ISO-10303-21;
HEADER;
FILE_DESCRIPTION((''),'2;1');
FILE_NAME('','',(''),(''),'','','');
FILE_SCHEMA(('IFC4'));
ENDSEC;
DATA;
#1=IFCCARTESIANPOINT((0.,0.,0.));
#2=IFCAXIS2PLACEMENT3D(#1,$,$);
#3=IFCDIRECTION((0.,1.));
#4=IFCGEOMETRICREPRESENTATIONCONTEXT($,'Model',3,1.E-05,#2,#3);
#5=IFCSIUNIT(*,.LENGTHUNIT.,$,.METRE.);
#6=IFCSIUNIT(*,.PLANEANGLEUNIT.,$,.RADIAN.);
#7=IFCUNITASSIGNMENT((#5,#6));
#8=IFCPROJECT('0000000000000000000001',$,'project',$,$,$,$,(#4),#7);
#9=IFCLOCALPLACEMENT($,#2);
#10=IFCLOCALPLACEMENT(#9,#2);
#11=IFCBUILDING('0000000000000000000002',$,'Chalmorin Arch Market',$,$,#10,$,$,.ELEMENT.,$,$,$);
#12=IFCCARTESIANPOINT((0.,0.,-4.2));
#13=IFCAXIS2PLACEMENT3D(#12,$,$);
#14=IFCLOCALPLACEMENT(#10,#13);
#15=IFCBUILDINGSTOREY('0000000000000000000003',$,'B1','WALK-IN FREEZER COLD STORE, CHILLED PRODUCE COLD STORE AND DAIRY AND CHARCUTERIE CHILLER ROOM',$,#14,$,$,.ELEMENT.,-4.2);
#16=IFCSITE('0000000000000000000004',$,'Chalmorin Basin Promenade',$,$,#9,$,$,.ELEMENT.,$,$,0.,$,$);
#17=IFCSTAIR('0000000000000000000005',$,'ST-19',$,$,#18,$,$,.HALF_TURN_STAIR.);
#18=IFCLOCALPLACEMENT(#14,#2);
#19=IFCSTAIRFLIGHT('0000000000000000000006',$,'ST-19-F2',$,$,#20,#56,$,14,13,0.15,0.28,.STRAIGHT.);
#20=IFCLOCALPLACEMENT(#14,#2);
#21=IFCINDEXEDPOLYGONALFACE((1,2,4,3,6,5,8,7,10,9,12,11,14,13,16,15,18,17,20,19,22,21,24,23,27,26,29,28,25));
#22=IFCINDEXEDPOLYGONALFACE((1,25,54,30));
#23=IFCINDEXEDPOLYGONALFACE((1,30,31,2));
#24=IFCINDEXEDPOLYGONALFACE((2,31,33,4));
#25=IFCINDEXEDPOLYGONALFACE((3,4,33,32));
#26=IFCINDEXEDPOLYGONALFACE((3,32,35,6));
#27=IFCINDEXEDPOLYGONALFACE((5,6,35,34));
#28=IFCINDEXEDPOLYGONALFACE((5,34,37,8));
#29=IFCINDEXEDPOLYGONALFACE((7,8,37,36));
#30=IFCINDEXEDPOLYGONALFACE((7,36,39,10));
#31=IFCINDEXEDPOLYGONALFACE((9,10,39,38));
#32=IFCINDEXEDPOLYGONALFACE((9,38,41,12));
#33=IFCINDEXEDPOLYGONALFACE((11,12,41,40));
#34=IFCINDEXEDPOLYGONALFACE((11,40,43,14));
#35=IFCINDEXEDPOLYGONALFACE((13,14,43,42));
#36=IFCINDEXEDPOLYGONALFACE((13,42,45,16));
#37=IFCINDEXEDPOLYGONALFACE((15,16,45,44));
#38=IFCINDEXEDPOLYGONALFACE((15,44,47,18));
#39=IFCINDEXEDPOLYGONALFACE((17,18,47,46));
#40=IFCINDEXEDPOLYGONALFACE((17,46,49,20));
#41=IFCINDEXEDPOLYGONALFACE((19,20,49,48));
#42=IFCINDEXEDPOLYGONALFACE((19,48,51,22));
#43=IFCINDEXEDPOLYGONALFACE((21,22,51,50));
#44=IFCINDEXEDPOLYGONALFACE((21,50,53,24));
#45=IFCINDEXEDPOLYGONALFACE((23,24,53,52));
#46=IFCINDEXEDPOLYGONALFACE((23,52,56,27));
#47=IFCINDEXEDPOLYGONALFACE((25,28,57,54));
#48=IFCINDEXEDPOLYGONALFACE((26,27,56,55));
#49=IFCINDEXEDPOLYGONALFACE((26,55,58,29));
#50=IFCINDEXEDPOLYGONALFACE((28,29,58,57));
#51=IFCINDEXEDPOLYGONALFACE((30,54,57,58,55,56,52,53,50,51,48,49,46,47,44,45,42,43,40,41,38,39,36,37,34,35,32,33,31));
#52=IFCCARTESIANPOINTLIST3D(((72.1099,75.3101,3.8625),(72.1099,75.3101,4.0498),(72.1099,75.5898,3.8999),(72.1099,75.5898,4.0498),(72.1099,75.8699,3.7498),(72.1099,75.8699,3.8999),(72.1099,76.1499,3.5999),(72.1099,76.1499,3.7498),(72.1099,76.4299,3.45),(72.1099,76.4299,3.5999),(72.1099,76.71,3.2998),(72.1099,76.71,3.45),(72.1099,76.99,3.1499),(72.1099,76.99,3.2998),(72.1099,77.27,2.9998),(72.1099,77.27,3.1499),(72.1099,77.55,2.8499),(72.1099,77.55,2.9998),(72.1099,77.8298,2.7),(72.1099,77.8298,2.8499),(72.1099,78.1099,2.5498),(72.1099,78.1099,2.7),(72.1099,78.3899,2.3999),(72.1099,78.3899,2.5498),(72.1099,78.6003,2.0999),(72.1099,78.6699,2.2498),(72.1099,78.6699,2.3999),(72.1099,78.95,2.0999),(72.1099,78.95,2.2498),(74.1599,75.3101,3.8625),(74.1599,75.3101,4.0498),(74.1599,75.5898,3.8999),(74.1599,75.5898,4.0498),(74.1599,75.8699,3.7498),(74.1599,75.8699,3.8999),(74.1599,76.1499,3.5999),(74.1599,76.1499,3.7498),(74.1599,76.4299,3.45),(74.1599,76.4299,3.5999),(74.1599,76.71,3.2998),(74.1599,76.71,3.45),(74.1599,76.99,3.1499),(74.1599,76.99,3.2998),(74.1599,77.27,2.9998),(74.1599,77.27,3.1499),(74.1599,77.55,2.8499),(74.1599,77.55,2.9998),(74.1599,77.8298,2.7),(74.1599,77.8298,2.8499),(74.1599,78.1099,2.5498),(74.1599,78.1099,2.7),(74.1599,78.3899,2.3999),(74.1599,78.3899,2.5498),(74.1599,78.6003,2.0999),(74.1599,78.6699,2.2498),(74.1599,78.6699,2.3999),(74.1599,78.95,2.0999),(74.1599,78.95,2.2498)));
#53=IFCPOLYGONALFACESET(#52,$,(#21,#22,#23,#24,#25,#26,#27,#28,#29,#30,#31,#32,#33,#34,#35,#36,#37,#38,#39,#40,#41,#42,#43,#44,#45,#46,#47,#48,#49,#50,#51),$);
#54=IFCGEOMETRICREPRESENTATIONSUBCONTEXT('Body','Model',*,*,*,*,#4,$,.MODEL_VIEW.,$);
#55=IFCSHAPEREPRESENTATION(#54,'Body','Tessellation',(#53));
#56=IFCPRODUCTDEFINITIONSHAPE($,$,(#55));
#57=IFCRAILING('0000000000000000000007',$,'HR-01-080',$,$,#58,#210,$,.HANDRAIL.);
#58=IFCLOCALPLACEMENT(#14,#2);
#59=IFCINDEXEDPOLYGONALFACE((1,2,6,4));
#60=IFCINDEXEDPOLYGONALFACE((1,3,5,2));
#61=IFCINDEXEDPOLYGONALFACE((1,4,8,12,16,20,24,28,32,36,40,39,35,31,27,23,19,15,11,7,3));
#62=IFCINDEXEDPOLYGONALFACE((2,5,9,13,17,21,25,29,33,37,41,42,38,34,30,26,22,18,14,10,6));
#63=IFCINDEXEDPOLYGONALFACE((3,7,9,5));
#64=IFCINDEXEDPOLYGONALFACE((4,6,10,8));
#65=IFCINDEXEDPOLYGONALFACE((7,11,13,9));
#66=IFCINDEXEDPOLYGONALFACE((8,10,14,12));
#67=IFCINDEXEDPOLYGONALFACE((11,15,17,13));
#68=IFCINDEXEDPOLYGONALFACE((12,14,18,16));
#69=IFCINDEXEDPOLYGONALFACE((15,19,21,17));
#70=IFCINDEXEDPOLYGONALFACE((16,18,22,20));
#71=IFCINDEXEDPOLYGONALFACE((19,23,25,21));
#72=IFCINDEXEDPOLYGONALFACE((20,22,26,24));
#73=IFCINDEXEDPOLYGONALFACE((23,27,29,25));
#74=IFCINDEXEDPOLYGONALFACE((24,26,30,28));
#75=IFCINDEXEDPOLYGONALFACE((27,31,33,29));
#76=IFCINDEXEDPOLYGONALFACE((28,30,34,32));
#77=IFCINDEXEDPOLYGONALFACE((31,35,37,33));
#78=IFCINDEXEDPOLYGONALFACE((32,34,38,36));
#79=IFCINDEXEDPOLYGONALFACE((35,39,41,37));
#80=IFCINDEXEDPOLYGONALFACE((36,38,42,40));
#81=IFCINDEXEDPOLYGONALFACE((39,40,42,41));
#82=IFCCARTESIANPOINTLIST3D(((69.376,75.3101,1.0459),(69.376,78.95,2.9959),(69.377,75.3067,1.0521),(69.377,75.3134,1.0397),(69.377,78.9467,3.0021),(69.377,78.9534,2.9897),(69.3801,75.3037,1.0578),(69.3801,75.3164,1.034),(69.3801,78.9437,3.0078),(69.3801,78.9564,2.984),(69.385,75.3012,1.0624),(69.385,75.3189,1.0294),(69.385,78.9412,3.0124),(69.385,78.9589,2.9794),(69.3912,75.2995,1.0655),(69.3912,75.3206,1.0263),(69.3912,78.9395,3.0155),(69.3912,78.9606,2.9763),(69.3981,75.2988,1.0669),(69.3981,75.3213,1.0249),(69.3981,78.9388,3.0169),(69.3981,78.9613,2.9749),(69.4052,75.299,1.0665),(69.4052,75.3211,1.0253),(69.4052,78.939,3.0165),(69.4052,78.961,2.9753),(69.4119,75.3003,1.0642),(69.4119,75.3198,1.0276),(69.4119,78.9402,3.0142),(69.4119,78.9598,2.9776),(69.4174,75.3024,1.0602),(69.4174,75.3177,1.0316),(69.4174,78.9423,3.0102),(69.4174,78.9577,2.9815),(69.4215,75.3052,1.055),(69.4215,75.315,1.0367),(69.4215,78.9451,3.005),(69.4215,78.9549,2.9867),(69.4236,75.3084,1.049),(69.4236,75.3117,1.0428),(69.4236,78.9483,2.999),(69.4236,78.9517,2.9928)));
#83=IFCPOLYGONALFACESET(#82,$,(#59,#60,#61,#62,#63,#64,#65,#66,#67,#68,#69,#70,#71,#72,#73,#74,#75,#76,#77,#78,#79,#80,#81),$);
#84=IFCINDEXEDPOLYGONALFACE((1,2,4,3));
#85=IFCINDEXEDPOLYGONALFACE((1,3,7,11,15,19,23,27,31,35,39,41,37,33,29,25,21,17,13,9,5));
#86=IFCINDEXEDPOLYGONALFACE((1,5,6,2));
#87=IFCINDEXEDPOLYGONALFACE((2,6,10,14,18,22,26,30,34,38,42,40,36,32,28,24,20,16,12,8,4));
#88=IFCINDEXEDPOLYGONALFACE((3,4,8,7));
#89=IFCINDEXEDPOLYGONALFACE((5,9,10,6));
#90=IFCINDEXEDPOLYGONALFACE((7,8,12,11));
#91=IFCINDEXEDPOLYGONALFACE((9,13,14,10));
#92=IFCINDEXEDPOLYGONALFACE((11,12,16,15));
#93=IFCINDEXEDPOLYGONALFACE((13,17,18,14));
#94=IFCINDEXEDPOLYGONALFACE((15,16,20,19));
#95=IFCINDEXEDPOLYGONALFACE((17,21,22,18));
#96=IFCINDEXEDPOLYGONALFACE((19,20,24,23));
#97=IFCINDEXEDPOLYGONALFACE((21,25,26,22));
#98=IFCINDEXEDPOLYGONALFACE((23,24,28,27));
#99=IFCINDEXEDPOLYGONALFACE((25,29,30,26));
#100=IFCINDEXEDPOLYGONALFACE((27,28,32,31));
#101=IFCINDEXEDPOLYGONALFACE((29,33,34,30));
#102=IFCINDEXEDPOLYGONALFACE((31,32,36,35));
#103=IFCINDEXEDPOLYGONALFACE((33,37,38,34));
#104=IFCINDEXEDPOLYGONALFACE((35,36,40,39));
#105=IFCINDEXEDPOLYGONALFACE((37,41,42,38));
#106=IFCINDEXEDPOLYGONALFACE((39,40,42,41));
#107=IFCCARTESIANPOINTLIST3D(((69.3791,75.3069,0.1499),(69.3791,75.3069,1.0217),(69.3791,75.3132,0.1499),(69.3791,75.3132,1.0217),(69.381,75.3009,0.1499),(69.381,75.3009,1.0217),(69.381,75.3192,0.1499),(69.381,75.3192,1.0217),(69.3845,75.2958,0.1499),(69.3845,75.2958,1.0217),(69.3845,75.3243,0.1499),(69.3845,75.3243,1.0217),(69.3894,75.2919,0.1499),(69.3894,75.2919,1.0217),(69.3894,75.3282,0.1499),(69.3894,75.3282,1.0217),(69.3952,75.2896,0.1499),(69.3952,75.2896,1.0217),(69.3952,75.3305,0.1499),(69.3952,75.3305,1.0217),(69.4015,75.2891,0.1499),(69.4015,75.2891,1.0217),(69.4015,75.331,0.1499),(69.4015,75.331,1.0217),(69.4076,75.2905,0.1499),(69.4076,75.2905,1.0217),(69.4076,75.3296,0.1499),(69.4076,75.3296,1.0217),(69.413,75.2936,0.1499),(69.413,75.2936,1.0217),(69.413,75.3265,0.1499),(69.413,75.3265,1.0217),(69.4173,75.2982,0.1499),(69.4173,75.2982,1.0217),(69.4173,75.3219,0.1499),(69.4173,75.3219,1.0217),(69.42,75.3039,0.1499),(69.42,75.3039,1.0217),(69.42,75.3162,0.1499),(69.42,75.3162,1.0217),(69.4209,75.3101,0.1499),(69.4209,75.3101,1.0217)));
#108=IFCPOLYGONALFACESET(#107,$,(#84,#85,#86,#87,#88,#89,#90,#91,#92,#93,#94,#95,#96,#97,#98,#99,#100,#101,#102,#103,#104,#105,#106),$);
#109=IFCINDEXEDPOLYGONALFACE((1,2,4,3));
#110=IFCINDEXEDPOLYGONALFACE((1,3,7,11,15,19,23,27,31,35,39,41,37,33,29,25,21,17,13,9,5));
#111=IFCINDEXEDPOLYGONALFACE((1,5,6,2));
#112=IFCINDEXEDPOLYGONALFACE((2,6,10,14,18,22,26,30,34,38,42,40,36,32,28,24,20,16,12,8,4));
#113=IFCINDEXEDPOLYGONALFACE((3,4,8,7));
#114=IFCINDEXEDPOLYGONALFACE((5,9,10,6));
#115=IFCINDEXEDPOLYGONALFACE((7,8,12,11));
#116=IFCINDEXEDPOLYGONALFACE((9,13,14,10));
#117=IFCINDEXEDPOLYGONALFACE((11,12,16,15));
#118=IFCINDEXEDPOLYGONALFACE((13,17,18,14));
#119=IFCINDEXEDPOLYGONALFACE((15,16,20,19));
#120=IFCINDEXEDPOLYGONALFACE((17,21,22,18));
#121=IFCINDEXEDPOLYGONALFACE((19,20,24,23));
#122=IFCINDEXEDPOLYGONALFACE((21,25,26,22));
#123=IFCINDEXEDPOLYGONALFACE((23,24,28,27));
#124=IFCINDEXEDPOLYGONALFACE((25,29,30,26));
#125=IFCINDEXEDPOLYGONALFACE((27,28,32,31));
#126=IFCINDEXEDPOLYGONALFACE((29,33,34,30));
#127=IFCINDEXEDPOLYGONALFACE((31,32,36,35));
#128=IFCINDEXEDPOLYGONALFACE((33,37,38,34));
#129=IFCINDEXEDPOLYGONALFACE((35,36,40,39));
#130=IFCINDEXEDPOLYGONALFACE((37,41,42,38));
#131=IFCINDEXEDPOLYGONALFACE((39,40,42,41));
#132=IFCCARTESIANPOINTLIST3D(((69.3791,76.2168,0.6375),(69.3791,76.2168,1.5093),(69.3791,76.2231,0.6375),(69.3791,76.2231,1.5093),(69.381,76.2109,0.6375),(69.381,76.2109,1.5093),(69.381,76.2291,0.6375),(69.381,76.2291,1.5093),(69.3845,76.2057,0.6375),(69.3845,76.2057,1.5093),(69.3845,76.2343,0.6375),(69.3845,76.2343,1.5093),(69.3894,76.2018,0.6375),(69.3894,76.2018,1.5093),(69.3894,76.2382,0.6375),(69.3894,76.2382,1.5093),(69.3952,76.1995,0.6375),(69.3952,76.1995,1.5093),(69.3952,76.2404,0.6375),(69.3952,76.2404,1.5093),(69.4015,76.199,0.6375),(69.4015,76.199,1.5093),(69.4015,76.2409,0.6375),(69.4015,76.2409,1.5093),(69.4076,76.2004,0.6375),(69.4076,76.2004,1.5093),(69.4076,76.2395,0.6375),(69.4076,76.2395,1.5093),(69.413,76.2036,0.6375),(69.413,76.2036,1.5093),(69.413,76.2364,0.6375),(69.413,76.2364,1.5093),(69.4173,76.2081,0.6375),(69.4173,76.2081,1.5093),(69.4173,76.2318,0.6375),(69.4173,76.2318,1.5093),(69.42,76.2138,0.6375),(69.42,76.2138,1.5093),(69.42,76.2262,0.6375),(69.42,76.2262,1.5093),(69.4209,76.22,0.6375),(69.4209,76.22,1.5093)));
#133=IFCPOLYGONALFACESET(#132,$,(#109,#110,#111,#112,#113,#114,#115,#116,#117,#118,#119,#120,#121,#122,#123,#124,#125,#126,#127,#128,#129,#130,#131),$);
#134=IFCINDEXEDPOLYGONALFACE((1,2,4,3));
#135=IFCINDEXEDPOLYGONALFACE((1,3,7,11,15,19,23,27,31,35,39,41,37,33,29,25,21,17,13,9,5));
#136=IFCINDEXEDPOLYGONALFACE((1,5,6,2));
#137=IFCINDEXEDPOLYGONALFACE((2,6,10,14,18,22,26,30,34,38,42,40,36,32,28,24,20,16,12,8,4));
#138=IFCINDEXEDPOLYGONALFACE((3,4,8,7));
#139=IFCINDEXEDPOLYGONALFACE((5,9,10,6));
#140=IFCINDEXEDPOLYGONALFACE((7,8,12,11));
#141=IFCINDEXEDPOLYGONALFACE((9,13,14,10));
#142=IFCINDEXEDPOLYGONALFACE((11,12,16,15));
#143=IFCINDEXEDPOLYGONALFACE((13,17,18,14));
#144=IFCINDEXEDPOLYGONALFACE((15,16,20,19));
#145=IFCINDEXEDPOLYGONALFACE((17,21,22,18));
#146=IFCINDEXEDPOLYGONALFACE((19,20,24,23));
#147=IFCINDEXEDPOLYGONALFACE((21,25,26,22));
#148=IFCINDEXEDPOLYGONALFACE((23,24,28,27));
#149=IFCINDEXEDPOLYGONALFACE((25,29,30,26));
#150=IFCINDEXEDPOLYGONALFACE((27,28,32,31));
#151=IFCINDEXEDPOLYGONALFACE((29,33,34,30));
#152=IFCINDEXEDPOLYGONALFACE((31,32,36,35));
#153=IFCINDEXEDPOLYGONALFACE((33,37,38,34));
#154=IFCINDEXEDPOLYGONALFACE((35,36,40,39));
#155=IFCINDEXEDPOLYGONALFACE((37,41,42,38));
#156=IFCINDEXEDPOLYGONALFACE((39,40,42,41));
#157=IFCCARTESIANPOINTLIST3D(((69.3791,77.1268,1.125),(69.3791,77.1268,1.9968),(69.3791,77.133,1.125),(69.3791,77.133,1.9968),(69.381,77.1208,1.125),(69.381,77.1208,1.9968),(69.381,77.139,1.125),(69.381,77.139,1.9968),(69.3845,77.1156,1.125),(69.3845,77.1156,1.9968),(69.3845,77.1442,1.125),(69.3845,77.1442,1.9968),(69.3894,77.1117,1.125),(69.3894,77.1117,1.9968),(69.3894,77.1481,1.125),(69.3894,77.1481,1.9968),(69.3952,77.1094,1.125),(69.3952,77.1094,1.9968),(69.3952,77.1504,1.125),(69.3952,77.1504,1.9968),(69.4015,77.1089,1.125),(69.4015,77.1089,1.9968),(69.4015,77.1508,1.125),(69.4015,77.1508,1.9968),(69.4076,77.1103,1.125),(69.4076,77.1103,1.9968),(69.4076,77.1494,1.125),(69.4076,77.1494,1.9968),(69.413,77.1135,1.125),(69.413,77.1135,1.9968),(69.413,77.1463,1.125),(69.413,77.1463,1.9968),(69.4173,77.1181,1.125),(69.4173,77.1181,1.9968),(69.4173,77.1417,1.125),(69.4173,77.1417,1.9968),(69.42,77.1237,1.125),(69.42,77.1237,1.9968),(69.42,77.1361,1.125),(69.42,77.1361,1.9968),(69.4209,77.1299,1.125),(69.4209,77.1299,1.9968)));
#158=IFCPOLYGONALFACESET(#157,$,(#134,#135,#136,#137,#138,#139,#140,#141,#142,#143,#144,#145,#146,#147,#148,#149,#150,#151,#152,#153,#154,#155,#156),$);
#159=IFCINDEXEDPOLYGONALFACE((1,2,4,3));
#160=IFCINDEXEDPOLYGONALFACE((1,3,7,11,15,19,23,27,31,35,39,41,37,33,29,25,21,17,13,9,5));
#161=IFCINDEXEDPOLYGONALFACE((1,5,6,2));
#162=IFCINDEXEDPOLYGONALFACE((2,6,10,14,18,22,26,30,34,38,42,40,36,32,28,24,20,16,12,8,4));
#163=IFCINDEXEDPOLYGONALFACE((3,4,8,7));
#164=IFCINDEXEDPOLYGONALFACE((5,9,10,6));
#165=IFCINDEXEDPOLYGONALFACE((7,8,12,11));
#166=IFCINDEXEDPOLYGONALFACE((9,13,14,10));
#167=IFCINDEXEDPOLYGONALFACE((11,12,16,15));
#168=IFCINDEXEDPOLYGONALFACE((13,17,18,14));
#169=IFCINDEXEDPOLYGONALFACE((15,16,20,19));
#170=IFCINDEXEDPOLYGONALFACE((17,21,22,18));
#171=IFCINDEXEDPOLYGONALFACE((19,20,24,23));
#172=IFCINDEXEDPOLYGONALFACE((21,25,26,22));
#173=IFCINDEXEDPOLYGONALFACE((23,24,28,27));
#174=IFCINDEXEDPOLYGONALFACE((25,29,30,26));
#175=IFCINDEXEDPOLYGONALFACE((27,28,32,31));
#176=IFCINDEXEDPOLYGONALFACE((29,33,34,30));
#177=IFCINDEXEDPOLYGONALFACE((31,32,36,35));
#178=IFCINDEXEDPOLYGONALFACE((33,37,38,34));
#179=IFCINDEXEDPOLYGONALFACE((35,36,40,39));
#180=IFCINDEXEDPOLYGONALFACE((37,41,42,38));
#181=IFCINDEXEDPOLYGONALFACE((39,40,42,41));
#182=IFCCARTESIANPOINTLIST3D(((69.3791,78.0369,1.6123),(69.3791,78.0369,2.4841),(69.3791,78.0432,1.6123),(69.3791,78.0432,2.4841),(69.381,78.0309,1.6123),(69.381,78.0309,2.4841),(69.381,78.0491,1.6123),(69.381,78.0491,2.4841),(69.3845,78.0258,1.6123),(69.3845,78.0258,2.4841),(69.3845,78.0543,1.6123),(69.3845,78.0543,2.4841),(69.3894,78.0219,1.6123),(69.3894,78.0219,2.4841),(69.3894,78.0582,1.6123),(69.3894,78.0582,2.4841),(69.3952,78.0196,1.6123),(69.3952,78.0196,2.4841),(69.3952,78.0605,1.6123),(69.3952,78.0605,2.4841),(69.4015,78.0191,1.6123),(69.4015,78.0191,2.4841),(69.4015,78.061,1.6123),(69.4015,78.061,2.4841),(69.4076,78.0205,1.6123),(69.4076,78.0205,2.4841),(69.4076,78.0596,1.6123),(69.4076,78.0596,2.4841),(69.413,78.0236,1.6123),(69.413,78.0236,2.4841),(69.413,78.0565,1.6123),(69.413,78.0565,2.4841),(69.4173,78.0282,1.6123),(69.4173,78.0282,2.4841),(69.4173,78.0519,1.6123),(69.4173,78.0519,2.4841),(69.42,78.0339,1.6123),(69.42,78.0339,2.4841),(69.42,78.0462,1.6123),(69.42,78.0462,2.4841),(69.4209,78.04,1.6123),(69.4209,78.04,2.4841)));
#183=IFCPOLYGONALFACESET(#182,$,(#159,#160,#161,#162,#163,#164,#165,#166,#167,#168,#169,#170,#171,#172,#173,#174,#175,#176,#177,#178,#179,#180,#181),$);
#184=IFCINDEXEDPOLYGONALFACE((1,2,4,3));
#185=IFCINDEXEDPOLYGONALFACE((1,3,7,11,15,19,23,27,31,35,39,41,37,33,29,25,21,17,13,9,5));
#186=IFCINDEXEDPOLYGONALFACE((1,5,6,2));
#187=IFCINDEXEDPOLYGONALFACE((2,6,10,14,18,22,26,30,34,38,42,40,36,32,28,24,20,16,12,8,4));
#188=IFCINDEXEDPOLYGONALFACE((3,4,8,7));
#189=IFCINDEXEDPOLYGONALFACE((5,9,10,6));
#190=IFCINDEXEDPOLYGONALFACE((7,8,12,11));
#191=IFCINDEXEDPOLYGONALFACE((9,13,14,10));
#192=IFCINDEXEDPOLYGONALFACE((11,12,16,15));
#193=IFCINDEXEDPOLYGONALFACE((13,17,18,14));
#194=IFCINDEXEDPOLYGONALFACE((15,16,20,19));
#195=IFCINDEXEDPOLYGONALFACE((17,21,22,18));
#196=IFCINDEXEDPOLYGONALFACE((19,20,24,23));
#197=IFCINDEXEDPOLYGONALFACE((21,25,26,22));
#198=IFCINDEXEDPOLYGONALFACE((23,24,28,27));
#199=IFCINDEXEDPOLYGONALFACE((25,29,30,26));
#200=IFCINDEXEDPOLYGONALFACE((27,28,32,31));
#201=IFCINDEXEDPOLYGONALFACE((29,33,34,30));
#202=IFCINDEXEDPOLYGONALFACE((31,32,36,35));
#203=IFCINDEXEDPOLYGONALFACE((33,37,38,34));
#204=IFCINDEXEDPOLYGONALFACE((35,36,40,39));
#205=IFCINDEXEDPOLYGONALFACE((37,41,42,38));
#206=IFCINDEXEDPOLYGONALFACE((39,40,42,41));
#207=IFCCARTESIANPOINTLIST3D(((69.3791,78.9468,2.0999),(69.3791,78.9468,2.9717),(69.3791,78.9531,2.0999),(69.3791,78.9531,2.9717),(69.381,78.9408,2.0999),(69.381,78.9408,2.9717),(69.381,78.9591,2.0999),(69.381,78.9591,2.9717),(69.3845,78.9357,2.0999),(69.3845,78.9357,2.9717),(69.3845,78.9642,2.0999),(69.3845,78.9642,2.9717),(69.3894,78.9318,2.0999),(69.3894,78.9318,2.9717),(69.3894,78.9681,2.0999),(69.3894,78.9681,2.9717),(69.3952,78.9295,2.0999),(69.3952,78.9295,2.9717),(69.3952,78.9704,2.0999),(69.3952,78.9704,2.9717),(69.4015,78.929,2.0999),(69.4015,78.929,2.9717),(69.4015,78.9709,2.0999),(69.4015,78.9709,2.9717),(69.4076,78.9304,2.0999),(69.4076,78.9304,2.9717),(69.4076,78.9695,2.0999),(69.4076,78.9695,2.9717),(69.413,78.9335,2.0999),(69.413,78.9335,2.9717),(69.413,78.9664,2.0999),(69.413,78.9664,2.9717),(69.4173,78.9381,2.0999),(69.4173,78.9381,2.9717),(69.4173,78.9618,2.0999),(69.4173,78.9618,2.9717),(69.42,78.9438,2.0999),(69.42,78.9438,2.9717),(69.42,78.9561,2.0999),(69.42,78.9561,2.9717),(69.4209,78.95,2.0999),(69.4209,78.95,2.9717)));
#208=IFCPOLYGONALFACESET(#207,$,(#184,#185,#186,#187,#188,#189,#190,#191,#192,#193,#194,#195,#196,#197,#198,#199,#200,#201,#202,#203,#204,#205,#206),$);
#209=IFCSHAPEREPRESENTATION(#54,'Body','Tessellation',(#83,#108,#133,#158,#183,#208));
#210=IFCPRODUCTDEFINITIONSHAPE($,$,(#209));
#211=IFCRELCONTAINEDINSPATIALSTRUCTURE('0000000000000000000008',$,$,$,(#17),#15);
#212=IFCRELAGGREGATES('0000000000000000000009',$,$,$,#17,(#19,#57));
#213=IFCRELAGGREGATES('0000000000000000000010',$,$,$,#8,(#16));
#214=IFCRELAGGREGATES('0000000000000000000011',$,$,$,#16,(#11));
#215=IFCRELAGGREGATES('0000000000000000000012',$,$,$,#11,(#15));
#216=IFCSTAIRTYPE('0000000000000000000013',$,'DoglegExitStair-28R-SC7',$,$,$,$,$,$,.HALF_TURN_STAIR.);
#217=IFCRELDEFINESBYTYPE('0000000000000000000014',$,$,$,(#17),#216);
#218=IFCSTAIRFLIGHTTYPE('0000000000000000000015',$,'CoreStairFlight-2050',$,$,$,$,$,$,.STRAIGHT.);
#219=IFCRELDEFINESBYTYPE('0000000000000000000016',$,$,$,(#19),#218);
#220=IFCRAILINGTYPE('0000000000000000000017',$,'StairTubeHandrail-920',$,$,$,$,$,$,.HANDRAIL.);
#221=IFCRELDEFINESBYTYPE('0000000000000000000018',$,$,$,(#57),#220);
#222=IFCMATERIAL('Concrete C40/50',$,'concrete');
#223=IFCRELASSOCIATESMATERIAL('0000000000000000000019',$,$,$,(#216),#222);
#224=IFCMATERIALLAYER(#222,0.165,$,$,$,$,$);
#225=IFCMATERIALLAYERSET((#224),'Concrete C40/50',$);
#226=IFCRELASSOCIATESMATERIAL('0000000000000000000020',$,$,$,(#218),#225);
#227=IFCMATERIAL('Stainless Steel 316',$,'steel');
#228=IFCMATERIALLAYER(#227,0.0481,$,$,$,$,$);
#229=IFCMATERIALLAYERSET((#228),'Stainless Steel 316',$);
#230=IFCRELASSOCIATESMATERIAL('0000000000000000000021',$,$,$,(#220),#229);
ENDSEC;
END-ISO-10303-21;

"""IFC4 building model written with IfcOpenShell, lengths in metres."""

from ifc_helpers import new_model, si_unit, direction, frame, origin, origin_2d, place, context, subcontext, project, spatial, polyline, circle, outline, extrude, material, layer, layer_set, type_object, element, aggregate, save


model = new_model("IFC4")

# Units and contexts
model_context = context("Model", 3, precision=1e-05, world=origin(), true_north=direction((0.0, 1.0)))
body_context = subcontext(model_context, "Body", "Model", "MODEL_VIEW")
ifc_project = project(units=[si_unit("LENGTHUNIT", "METRE"), si_unit("PLANEANGLEUNIT", "RADIAN")], contexts=[model_context])

# Site, building, storey
site_placement = place(None, origin())
site = spatial("IfcSite", under=ifc_project, at=site_placement, Name="Chalmorin Basin Promenade", CompositionType="ELEMENT", RefElevation=0.0)
building_placement = place(site_placement, origin())
building = spatial("IfcBuilding", under=site, at=building_placement, Name="Chalmorin Arch Market", CompositionType="ELEMENT")
storey_placement = place(building_placement, frame((0.0, 0.0, -4.2)))
storey = spatial("IfcBuildingStorey", under=building, at=storey_placement, Name="B1", Description="WALK-IN FREEZER COLD STORE, CHILLED PRODUCE COLD STORE AND DAIRY AND CHARCUTERIE CHILLER ROOM", CompositionType="ELEMENT", Elevation=-4.2)

# Shared definitions
ifc_material_1 = material(Name="Concrete C40/50", Category="concrete")

# Stair, stair flight, railing
stair_type = type_object("IfcStairType", Name="DoglegExitStair-28R-SC7", PredefinedType="HALF_TURN_STAIR", material=ifc_material_1)
stair_placement = place(storey_placement, origin())
stair = element("IfcStair", 1, at=stair_placement, inside=storey, type_object=stair_type, Name="ST-19", PredefinedType="HALF_TURN_STAIR")
ifc_layer_1 = layer(ifc_material_1, 0.165)
ifc_layer_set_1 = layer_set([ifc_layer_1], Name="Concrete C40/50")
stair_flight_type = type_object("IfcStairFlightType", Name="CoreStairFlight-2050", PredefinedType="STRAIGHT", material=ifc_layer_set_1)
stair_flight_1_placement = place(storey_placement, frame((73.135, 78.95, 2.0999), z_axis=(0.0, 0.0, 1.0), x_axis=(0.0, -1.0, 0.0)))
stair_flight_1 = element("IfcStairFlight", 2, at=stair_flight_1_placement, type_object=stair_flight_type, Name="ST-19-F2", NumberOfRisers=14, NumberOfTreads=13, PredefinedType="STRAIGHT", RiserHeight=0.15, TreadLength=0.28, context=body_context, shape_type="SweptSolid", body=[
    extrude(outline(polyline([(0.0, 0.0), (0.0, 0.1499), (0.28, 0.1499), (0.28, 0.3), (0.5601, 0.3), (0.5601, 0.45), (0.8401, 0.45), (0.8401, 0.6001), (1.1201, 0.6001), (1.1201, 0.75), (1.3999, 0.75), (1.3999, 0.8999), (1.6799, 0.8999), (1.6799, 1.05), (1.96, 1.05), (1.96, 1.2), (2.24, 1.2), (2.24, 1.3501), (2.52, 1.3501), (2.52, 1.5), (2.8, 1.5), (2.8, 1.6499), (3.0801, 1.6499), (3.0801, 1.8), (3.3601, 1.8), (3.3601, 1.95), (3.6399, 1.95), (3.6399, 2.1001), (3.6399, 1.7627), (0.3496, 0.0), (0.0, 0.0)])), frame((0.0, 1.0249, 0.0), z_axis=(0.0, -1.0, 0.0), x_axis=(1.0, 0.0, 0.0)), (0.0, 0.0, 1.0), 2.05),
])
ifc_material_2 = material(Name="Stainless Steel 316", Category="steel")
ifc_layer_2 = layer(ifc_material_2, 0.0481)
ifc_layer_set_2 = layer_set([ifc_layer_2], Name="Stainless Steel 316")
railing_type_1 = type_object("IfcRailingType", Name="StairTubeHandrail-920", PredefinedType="HANDRAIL", material=ifc_layer_set_2)
railing_1_placement = place(storey_placement, frame((69.3999, 75.3101, 0.1499)))
railing_1 = element("IfcRailing", 3, at=railing_1_placement, type_object=railing_type_1, Name="HR-01-080", PredefinedType="HANDRAIL", context=body_context, shape_type="SweptSolid", body=[
    extrude(circle(Radius=0.0239, at=origin_2d()), frame((0.0, 0.0, 0.896), z_axis=(0.0, 0.881479, 0.472223), x_axis=(-1.0, 0.0, 0.0)), (0.0, 0.0, 1.0), 4.1294),
    extrude(circle(Radius=0.021, at=origin_2d()), origin(), (0.0, 0.0, 1.0), 0.8718),
    extrude(circle(Radius=0.021, at=origin_2d()), frame((0.0, 0.9099, 0.4875)), (0.0, 0.0, 1.0), 0.8718),
    extrude(circle(Radius=0.021, at=origin_2d()), frame((0.0, 1.8198, 0.9751)), (0.0, 0.0, 1.0), 0.8718),
    extrude(circle(Radius=0.021, at=origin_2d()), frame((0.0, 2.73, 1.4624)), (0.0, 0.0, 1.0), 0.8718),
    extrude(circle(Radius=0.021, at=origin_2d()), frame((0.0, 3.6399, 1.95)), (0.0, 0.0, 1.0), 0.8718),
])
aggregate(stair, [stair_flight_1, railing_1])

save(model, "model.ifc")
